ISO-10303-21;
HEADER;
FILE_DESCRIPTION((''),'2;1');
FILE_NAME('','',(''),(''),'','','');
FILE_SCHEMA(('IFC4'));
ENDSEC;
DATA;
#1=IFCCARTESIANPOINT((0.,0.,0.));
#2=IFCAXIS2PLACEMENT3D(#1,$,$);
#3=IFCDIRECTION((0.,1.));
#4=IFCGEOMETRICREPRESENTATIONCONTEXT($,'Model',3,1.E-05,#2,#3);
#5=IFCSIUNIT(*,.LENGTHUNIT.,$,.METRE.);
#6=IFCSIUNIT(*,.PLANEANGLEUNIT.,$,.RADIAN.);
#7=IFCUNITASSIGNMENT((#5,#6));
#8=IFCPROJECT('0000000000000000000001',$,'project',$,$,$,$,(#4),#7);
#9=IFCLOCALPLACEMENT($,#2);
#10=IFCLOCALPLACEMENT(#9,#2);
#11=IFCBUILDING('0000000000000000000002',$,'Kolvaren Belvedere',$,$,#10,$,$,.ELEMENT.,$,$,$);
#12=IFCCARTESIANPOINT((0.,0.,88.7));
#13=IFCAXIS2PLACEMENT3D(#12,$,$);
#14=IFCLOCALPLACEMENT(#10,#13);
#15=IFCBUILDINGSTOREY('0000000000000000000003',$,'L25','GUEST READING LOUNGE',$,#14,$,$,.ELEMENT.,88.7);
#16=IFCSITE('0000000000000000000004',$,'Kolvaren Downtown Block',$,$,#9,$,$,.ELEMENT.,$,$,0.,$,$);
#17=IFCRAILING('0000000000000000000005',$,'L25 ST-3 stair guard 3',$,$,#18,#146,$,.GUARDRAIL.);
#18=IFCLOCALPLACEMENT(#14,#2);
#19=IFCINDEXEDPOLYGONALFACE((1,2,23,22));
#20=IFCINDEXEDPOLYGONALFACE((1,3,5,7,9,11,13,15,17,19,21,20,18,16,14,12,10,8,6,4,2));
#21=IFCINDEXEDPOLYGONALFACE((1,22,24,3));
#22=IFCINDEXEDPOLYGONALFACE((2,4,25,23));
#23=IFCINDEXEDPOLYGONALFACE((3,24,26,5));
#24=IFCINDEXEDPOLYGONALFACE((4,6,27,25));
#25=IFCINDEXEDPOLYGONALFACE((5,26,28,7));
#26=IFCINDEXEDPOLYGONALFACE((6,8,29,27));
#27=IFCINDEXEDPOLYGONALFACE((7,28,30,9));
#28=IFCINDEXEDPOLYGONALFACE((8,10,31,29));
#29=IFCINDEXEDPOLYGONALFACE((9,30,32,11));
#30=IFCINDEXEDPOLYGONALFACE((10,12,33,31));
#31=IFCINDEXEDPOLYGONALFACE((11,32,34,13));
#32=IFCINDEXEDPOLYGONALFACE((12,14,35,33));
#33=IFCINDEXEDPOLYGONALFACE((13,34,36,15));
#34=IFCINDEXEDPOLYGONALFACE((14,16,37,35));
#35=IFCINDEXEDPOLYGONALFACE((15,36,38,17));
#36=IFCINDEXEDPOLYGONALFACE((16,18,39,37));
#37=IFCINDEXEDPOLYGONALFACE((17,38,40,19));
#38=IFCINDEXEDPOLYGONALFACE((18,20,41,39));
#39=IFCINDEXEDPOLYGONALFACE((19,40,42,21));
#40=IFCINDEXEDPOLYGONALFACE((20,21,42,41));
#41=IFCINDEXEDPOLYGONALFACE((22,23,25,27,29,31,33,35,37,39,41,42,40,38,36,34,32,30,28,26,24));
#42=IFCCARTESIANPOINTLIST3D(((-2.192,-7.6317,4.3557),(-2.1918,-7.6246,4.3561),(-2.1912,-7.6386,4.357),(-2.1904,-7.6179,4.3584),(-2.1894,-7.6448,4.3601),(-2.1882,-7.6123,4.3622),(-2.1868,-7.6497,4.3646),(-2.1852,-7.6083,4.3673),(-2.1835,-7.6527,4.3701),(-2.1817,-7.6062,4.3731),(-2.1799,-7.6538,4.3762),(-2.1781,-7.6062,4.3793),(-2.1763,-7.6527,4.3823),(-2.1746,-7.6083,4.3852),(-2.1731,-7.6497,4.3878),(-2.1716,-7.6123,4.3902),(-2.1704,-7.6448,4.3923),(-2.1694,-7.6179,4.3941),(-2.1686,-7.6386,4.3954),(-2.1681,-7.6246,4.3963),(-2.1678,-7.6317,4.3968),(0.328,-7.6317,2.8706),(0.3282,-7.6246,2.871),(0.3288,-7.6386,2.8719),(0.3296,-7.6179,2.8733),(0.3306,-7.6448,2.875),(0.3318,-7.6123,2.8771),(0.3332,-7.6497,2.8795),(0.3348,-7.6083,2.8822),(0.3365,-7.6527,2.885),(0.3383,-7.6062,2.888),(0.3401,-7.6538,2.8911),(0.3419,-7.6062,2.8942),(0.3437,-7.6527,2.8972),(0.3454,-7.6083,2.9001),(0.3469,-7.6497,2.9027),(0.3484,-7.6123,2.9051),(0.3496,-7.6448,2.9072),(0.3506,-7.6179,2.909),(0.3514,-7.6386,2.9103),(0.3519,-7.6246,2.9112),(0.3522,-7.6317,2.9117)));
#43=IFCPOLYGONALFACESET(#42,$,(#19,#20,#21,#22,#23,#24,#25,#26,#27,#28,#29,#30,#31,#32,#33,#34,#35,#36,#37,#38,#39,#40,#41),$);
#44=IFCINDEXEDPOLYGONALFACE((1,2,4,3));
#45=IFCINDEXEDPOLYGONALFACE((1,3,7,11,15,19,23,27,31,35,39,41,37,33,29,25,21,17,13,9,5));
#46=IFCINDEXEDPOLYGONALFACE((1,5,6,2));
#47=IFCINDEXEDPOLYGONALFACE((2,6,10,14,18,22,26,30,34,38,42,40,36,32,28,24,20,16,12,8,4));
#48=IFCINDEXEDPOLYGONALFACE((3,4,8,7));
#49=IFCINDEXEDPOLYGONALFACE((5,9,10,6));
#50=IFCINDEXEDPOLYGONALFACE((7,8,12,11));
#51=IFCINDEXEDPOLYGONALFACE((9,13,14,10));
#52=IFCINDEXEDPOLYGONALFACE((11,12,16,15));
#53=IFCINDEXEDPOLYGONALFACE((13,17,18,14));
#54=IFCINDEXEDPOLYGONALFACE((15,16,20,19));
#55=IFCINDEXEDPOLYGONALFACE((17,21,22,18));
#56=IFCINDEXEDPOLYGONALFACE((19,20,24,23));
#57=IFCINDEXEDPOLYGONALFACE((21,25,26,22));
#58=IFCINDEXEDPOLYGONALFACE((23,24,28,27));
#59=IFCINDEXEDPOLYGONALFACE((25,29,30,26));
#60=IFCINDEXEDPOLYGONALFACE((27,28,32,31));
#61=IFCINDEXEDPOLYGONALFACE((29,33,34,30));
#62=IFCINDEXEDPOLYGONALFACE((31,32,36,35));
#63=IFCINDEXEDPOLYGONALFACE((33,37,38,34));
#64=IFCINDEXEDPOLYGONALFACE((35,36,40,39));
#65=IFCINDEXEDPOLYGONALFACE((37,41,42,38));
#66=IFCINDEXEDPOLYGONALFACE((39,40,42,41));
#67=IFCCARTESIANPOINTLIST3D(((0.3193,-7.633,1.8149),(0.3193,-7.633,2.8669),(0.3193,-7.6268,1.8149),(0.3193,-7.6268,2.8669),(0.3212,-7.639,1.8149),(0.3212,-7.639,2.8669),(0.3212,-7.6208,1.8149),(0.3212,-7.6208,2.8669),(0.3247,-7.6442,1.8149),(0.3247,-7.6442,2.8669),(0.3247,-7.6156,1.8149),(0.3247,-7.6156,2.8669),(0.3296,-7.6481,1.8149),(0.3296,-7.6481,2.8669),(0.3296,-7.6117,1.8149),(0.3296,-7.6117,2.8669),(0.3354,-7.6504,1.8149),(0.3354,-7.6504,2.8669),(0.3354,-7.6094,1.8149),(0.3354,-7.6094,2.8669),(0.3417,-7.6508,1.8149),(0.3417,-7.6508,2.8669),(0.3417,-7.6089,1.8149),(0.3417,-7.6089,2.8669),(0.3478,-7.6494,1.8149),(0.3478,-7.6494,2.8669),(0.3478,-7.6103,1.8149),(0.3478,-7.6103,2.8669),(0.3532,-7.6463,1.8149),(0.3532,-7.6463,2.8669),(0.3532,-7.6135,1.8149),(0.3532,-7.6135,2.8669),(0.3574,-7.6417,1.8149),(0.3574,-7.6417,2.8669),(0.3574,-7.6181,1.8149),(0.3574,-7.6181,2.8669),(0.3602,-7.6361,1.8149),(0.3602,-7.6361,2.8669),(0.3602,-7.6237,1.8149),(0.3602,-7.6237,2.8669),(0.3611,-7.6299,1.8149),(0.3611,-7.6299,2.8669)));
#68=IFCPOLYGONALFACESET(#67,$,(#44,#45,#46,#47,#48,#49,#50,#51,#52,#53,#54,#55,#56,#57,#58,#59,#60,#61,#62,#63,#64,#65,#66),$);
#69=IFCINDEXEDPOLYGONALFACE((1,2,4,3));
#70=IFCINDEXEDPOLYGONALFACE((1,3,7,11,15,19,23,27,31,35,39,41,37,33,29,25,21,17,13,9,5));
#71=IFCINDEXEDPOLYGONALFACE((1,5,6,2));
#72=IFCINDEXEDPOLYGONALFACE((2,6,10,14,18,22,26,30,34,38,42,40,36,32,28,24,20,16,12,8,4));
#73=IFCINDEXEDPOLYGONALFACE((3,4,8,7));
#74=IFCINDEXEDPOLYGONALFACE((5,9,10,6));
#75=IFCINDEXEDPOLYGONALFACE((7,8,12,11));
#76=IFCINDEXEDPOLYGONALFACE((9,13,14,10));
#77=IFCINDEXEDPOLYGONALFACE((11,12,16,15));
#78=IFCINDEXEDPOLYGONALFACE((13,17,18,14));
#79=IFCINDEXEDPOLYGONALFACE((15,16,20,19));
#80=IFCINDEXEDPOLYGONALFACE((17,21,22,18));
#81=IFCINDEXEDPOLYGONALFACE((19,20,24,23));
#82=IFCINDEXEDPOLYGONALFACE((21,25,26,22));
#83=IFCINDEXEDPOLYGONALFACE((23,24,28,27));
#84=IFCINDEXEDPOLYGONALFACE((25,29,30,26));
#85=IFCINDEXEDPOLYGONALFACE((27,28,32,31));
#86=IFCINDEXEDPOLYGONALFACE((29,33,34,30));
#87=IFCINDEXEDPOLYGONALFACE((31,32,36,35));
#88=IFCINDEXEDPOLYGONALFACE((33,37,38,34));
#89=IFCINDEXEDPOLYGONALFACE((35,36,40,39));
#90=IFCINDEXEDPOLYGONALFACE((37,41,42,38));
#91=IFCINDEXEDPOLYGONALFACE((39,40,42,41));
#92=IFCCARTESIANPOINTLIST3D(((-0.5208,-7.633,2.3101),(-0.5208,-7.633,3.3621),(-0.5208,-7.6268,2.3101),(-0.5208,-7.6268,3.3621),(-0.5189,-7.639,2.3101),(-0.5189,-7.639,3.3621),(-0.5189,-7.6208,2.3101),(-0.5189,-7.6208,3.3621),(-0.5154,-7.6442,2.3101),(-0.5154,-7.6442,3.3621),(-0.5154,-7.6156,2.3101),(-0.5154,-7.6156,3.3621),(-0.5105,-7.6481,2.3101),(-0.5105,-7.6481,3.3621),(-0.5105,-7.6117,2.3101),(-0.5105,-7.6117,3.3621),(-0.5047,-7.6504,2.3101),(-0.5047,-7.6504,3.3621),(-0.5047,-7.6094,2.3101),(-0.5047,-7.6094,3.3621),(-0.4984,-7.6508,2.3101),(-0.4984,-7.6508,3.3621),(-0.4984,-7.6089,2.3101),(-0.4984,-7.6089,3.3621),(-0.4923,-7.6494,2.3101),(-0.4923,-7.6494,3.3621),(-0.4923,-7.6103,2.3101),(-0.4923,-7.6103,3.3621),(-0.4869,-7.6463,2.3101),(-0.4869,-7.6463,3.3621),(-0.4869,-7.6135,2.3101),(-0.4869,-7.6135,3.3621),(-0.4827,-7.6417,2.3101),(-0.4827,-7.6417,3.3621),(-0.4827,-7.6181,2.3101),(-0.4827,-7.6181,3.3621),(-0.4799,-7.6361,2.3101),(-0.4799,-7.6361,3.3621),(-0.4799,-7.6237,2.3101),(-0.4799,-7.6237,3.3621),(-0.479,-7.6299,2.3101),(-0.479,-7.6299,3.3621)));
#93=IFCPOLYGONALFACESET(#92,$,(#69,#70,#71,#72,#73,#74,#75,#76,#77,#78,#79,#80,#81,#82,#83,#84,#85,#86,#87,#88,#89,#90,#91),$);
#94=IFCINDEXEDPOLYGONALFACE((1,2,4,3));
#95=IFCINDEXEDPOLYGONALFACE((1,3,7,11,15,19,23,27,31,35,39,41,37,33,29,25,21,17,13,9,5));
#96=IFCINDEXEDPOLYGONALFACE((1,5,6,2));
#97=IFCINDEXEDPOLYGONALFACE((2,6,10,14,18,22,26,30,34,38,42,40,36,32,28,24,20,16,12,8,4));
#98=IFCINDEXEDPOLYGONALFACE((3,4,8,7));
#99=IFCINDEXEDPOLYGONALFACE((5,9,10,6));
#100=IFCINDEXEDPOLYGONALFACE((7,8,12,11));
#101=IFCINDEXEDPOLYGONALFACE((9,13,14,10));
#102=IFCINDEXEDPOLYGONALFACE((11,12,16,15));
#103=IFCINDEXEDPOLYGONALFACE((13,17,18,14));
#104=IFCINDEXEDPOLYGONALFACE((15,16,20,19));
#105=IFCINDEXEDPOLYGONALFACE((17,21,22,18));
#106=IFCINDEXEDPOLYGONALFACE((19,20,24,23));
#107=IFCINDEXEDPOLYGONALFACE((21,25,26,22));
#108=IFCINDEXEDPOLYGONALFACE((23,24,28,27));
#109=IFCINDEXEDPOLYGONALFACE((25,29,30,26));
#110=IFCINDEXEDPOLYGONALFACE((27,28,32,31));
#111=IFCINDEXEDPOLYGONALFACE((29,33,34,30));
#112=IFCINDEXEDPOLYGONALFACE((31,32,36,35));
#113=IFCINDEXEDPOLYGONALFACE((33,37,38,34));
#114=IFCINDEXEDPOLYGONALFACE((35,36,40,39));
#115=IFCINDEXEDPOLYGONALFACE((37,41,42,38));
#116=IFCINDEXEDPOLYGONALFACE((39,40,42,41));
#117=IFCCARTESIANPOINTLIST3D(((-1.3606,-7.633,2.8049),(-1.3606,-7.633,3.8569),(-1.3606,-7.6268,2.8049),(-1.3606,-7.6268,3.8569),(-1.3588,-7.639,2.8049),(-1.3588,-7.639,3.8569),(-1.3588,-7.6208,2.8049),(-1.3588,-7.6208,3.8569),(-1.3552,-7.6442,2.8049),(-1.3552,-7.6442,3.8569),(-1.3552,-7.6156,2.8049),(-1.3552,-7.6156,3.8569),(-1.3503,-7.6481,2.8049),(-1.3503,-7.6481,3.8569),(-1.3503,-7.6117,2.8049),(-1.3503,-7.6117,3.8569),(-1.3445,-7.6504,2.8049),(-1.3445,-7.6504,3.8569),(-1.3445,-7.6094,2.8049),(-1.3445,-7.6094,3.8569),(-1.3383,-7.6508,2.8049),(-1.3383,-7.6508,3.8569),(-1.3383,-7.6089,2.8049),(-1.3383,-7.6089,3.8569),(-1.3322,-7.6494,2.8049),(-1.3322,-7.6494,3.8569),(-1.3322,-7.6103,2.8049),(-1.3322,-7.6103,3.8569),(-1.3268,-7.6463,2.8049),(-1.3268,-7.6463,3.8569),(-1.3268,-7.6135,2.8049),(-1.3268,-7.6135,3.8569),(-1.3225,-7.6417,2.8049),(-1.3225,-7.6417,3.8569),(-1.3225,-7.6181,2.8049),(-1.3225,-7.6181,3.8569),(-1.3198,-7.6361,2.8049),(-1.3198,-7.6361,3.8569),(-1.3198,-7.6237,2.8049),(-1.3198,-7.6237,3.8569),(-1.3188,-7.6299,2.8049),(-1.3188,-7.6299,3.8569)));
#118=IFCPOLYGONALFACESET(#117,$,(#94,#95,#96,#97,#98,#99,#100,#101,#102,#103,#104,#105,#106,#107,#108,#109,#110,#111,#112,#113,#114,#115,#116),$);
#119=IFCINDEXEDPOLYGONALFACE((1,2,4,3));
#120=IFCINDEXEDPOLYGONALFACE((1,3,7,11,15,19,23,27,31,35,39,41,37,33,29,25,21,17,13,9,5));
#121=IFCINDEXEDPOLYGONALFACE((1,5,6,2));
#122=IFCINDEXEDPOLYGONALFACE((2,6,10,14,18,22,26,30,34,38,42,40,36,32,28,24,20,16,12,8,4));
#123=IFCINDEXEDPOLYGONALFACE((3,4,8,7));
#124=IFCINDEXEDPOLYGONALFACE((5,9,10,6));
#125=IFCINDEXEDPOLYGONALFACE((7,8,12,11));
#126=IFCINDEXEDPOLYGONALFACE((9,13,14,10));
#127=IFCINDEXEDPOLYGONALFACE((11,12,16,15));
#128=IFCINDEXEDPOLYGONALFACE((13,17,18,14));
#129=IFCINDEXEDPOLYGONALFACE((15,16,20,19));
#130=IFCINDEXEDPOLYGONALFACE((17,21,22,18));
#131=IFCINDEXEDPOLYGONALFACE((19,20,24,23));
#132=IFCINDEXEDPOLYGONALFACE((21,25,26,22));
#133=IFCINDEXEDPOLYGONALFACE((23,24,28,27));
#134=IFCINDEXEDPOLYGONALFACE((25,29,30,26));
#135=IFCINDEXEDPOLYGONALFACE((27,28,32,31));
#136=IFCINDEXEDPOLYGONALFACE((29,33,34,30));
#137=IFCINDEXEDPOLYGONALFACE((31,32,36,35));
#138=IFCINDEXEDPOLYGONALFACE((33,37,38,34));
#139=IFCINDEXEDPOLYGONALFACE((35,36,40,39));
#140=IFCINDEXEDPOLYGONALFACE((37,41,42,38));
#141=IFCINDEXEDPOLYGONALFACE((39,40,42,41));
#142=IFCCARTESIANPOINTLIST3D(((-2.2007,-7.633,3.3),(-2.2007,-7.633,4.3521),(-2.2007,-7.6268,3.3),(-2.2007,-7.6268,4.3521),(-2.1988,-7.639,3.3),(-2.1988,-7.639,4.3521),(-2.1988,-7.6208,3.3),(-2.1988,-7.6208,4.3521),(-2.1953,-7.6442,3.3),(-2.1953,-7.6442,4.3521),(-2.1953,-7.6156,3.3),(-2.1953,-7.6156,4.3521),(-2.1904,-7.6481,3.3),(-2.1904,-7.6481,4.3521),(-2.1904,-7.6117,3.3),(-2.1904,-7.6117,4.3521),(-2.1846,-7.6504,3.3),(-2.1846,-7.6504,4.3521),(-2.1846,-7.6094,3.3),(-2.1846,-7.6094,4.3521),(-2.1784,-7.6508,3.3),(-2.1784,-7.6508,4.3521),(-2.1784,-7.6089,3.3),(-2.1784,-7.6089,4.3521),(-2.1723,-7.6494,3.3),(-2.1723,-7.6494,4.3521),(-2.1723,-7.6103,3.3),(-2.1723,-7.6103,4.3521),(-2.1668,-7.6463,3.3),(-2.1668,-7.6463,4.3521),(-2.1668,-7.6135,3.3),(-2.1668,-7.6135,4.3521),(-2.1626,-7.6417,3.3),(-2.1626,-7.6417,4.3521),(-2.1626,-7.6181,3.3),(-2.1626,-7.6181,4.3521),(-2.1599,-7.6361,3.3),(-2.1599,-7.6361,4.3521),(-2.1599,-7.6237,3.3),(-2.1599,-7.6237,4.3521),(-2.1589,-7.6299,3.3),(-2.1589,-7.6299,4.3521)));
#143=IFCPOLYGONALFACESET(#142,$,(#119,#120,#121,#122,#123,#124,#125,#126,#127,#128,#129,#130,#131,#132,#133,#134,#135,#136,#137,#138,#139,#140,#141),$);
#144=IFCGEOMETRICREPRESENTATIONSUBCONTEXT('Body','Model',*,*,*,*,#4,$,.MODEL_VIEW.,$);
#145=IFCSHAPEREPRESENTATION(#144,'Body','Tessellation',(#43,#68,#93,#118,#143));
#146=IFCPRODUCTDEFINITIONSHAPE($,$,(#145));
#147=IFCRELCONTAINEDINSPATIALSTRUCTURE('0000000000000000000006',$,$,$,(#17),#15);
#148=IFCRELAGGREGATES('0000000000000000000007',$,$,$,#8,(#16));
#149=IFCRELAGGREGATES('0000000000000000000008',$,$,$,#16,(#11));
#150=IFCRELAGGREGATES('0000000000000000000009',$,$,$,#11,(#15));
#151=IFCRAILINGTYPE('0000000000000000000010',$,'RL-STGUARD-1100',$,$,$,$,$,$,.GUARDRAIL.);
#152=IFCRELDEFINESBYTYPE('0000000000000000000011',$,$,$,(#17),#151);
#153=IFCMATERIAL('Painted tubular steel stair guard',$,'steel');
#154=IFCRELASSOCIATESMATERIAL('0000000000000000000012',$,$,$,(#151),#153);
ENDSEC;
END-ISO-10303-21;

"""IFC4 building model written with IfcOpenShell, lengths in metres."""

from ifc_helpers import new_model, si_unit, direction, frame, origin, origin_2d, place, context, subcontext, project, spatial, circle, extrude, material, type_object, element, save


model = new_model("IFC4")

# Units and contexts
model_context = context("Model", 3, precision=1e-05, world=origin(), true_north=direction((0.0, 1.0)))
body_context = subcontext(model_context, "Body", "Model", "MODEL_VIEW")
ifc_project = project(units=[si_unit("LENGTHUNIT", "METRE"), si_unit("PLANEANGLEUNIT", "RADIAN")], contexts=[model_context])

# Site, building, storey
site_placement = place(None, origin())
site = spatial("IfcSite", under=ifc_project, at=site_placement, Name="Kolvaren Downtown Block", CompositionType="ELEMENT", RefElevation=0.0)
building_placement = place(site_placement, origin())
building = spatial("IfcBuilding", under=site, at=building_placement, Name="Kolvaren Belvedere", CompositionType="ELEMENT")
storey_placement = place(building_placement, frame((0.0, 0.0, 88.7)))
storey = spatial("IfcBuildingStorey", under=building, at=storey_placement, Name="L25", Description="GUEST READING LOUNGE", CompositionType="ELEMENT", Elevation=88.7)

# Railing
ifc_material_1 = material(Name="Painted tubular steel stair guard", Category="steel")
railing_type_1 = type_object("IfcRailingType", Name="RL-STGUARD-1100", PredefinedType="GUARDRAIL", material=ifc_material_1)
railing_1_placement = place(storey_placement, frame((0.3401, -7.6299, 1.8149)))
element("IfcRailing", 1, at=railing_1_placement, inside=storey, type_object=railing_type_1, Name="L25 ST-3 stair guard 3", PredefinedType="GUARDRAIL", context=body_context, shape_type="SweptSolid", body=[
    extrude(circle(Radius=0.0239, at=origin_2d()), frame((0.0, 0.0, 1.0762), z_axis=(-0.861524, 0.0, 0.507717), x_axis=(0.0, -1.0, 0.0)), (0.0, 0.0, 1.0), 2.925),
    extrude(circle(Radius=0.021, at=origin_2d()), origin(), (0.0, 0.0, 1.0), 1.052),
    extrude(circle(Radius=0.021, at=origin_2d()), frame((-0.8401, 0.0, 0.4951)), (0.0, 0.0, 1.0), 1.052),
    extrude(circle(Radius=0.021, at=origin_2d()), frame((-1.6799, 0.0, 0.99)), (0.0, 0.0, 1.0), 1.052),
    extrude(circle(Radius=0.021, at=origin_2d()), frame((-2.52, 0.0, 1.4851)), (0.0, 0.0, 1.0), 1.052),
])

save(model, "model.ifc")
